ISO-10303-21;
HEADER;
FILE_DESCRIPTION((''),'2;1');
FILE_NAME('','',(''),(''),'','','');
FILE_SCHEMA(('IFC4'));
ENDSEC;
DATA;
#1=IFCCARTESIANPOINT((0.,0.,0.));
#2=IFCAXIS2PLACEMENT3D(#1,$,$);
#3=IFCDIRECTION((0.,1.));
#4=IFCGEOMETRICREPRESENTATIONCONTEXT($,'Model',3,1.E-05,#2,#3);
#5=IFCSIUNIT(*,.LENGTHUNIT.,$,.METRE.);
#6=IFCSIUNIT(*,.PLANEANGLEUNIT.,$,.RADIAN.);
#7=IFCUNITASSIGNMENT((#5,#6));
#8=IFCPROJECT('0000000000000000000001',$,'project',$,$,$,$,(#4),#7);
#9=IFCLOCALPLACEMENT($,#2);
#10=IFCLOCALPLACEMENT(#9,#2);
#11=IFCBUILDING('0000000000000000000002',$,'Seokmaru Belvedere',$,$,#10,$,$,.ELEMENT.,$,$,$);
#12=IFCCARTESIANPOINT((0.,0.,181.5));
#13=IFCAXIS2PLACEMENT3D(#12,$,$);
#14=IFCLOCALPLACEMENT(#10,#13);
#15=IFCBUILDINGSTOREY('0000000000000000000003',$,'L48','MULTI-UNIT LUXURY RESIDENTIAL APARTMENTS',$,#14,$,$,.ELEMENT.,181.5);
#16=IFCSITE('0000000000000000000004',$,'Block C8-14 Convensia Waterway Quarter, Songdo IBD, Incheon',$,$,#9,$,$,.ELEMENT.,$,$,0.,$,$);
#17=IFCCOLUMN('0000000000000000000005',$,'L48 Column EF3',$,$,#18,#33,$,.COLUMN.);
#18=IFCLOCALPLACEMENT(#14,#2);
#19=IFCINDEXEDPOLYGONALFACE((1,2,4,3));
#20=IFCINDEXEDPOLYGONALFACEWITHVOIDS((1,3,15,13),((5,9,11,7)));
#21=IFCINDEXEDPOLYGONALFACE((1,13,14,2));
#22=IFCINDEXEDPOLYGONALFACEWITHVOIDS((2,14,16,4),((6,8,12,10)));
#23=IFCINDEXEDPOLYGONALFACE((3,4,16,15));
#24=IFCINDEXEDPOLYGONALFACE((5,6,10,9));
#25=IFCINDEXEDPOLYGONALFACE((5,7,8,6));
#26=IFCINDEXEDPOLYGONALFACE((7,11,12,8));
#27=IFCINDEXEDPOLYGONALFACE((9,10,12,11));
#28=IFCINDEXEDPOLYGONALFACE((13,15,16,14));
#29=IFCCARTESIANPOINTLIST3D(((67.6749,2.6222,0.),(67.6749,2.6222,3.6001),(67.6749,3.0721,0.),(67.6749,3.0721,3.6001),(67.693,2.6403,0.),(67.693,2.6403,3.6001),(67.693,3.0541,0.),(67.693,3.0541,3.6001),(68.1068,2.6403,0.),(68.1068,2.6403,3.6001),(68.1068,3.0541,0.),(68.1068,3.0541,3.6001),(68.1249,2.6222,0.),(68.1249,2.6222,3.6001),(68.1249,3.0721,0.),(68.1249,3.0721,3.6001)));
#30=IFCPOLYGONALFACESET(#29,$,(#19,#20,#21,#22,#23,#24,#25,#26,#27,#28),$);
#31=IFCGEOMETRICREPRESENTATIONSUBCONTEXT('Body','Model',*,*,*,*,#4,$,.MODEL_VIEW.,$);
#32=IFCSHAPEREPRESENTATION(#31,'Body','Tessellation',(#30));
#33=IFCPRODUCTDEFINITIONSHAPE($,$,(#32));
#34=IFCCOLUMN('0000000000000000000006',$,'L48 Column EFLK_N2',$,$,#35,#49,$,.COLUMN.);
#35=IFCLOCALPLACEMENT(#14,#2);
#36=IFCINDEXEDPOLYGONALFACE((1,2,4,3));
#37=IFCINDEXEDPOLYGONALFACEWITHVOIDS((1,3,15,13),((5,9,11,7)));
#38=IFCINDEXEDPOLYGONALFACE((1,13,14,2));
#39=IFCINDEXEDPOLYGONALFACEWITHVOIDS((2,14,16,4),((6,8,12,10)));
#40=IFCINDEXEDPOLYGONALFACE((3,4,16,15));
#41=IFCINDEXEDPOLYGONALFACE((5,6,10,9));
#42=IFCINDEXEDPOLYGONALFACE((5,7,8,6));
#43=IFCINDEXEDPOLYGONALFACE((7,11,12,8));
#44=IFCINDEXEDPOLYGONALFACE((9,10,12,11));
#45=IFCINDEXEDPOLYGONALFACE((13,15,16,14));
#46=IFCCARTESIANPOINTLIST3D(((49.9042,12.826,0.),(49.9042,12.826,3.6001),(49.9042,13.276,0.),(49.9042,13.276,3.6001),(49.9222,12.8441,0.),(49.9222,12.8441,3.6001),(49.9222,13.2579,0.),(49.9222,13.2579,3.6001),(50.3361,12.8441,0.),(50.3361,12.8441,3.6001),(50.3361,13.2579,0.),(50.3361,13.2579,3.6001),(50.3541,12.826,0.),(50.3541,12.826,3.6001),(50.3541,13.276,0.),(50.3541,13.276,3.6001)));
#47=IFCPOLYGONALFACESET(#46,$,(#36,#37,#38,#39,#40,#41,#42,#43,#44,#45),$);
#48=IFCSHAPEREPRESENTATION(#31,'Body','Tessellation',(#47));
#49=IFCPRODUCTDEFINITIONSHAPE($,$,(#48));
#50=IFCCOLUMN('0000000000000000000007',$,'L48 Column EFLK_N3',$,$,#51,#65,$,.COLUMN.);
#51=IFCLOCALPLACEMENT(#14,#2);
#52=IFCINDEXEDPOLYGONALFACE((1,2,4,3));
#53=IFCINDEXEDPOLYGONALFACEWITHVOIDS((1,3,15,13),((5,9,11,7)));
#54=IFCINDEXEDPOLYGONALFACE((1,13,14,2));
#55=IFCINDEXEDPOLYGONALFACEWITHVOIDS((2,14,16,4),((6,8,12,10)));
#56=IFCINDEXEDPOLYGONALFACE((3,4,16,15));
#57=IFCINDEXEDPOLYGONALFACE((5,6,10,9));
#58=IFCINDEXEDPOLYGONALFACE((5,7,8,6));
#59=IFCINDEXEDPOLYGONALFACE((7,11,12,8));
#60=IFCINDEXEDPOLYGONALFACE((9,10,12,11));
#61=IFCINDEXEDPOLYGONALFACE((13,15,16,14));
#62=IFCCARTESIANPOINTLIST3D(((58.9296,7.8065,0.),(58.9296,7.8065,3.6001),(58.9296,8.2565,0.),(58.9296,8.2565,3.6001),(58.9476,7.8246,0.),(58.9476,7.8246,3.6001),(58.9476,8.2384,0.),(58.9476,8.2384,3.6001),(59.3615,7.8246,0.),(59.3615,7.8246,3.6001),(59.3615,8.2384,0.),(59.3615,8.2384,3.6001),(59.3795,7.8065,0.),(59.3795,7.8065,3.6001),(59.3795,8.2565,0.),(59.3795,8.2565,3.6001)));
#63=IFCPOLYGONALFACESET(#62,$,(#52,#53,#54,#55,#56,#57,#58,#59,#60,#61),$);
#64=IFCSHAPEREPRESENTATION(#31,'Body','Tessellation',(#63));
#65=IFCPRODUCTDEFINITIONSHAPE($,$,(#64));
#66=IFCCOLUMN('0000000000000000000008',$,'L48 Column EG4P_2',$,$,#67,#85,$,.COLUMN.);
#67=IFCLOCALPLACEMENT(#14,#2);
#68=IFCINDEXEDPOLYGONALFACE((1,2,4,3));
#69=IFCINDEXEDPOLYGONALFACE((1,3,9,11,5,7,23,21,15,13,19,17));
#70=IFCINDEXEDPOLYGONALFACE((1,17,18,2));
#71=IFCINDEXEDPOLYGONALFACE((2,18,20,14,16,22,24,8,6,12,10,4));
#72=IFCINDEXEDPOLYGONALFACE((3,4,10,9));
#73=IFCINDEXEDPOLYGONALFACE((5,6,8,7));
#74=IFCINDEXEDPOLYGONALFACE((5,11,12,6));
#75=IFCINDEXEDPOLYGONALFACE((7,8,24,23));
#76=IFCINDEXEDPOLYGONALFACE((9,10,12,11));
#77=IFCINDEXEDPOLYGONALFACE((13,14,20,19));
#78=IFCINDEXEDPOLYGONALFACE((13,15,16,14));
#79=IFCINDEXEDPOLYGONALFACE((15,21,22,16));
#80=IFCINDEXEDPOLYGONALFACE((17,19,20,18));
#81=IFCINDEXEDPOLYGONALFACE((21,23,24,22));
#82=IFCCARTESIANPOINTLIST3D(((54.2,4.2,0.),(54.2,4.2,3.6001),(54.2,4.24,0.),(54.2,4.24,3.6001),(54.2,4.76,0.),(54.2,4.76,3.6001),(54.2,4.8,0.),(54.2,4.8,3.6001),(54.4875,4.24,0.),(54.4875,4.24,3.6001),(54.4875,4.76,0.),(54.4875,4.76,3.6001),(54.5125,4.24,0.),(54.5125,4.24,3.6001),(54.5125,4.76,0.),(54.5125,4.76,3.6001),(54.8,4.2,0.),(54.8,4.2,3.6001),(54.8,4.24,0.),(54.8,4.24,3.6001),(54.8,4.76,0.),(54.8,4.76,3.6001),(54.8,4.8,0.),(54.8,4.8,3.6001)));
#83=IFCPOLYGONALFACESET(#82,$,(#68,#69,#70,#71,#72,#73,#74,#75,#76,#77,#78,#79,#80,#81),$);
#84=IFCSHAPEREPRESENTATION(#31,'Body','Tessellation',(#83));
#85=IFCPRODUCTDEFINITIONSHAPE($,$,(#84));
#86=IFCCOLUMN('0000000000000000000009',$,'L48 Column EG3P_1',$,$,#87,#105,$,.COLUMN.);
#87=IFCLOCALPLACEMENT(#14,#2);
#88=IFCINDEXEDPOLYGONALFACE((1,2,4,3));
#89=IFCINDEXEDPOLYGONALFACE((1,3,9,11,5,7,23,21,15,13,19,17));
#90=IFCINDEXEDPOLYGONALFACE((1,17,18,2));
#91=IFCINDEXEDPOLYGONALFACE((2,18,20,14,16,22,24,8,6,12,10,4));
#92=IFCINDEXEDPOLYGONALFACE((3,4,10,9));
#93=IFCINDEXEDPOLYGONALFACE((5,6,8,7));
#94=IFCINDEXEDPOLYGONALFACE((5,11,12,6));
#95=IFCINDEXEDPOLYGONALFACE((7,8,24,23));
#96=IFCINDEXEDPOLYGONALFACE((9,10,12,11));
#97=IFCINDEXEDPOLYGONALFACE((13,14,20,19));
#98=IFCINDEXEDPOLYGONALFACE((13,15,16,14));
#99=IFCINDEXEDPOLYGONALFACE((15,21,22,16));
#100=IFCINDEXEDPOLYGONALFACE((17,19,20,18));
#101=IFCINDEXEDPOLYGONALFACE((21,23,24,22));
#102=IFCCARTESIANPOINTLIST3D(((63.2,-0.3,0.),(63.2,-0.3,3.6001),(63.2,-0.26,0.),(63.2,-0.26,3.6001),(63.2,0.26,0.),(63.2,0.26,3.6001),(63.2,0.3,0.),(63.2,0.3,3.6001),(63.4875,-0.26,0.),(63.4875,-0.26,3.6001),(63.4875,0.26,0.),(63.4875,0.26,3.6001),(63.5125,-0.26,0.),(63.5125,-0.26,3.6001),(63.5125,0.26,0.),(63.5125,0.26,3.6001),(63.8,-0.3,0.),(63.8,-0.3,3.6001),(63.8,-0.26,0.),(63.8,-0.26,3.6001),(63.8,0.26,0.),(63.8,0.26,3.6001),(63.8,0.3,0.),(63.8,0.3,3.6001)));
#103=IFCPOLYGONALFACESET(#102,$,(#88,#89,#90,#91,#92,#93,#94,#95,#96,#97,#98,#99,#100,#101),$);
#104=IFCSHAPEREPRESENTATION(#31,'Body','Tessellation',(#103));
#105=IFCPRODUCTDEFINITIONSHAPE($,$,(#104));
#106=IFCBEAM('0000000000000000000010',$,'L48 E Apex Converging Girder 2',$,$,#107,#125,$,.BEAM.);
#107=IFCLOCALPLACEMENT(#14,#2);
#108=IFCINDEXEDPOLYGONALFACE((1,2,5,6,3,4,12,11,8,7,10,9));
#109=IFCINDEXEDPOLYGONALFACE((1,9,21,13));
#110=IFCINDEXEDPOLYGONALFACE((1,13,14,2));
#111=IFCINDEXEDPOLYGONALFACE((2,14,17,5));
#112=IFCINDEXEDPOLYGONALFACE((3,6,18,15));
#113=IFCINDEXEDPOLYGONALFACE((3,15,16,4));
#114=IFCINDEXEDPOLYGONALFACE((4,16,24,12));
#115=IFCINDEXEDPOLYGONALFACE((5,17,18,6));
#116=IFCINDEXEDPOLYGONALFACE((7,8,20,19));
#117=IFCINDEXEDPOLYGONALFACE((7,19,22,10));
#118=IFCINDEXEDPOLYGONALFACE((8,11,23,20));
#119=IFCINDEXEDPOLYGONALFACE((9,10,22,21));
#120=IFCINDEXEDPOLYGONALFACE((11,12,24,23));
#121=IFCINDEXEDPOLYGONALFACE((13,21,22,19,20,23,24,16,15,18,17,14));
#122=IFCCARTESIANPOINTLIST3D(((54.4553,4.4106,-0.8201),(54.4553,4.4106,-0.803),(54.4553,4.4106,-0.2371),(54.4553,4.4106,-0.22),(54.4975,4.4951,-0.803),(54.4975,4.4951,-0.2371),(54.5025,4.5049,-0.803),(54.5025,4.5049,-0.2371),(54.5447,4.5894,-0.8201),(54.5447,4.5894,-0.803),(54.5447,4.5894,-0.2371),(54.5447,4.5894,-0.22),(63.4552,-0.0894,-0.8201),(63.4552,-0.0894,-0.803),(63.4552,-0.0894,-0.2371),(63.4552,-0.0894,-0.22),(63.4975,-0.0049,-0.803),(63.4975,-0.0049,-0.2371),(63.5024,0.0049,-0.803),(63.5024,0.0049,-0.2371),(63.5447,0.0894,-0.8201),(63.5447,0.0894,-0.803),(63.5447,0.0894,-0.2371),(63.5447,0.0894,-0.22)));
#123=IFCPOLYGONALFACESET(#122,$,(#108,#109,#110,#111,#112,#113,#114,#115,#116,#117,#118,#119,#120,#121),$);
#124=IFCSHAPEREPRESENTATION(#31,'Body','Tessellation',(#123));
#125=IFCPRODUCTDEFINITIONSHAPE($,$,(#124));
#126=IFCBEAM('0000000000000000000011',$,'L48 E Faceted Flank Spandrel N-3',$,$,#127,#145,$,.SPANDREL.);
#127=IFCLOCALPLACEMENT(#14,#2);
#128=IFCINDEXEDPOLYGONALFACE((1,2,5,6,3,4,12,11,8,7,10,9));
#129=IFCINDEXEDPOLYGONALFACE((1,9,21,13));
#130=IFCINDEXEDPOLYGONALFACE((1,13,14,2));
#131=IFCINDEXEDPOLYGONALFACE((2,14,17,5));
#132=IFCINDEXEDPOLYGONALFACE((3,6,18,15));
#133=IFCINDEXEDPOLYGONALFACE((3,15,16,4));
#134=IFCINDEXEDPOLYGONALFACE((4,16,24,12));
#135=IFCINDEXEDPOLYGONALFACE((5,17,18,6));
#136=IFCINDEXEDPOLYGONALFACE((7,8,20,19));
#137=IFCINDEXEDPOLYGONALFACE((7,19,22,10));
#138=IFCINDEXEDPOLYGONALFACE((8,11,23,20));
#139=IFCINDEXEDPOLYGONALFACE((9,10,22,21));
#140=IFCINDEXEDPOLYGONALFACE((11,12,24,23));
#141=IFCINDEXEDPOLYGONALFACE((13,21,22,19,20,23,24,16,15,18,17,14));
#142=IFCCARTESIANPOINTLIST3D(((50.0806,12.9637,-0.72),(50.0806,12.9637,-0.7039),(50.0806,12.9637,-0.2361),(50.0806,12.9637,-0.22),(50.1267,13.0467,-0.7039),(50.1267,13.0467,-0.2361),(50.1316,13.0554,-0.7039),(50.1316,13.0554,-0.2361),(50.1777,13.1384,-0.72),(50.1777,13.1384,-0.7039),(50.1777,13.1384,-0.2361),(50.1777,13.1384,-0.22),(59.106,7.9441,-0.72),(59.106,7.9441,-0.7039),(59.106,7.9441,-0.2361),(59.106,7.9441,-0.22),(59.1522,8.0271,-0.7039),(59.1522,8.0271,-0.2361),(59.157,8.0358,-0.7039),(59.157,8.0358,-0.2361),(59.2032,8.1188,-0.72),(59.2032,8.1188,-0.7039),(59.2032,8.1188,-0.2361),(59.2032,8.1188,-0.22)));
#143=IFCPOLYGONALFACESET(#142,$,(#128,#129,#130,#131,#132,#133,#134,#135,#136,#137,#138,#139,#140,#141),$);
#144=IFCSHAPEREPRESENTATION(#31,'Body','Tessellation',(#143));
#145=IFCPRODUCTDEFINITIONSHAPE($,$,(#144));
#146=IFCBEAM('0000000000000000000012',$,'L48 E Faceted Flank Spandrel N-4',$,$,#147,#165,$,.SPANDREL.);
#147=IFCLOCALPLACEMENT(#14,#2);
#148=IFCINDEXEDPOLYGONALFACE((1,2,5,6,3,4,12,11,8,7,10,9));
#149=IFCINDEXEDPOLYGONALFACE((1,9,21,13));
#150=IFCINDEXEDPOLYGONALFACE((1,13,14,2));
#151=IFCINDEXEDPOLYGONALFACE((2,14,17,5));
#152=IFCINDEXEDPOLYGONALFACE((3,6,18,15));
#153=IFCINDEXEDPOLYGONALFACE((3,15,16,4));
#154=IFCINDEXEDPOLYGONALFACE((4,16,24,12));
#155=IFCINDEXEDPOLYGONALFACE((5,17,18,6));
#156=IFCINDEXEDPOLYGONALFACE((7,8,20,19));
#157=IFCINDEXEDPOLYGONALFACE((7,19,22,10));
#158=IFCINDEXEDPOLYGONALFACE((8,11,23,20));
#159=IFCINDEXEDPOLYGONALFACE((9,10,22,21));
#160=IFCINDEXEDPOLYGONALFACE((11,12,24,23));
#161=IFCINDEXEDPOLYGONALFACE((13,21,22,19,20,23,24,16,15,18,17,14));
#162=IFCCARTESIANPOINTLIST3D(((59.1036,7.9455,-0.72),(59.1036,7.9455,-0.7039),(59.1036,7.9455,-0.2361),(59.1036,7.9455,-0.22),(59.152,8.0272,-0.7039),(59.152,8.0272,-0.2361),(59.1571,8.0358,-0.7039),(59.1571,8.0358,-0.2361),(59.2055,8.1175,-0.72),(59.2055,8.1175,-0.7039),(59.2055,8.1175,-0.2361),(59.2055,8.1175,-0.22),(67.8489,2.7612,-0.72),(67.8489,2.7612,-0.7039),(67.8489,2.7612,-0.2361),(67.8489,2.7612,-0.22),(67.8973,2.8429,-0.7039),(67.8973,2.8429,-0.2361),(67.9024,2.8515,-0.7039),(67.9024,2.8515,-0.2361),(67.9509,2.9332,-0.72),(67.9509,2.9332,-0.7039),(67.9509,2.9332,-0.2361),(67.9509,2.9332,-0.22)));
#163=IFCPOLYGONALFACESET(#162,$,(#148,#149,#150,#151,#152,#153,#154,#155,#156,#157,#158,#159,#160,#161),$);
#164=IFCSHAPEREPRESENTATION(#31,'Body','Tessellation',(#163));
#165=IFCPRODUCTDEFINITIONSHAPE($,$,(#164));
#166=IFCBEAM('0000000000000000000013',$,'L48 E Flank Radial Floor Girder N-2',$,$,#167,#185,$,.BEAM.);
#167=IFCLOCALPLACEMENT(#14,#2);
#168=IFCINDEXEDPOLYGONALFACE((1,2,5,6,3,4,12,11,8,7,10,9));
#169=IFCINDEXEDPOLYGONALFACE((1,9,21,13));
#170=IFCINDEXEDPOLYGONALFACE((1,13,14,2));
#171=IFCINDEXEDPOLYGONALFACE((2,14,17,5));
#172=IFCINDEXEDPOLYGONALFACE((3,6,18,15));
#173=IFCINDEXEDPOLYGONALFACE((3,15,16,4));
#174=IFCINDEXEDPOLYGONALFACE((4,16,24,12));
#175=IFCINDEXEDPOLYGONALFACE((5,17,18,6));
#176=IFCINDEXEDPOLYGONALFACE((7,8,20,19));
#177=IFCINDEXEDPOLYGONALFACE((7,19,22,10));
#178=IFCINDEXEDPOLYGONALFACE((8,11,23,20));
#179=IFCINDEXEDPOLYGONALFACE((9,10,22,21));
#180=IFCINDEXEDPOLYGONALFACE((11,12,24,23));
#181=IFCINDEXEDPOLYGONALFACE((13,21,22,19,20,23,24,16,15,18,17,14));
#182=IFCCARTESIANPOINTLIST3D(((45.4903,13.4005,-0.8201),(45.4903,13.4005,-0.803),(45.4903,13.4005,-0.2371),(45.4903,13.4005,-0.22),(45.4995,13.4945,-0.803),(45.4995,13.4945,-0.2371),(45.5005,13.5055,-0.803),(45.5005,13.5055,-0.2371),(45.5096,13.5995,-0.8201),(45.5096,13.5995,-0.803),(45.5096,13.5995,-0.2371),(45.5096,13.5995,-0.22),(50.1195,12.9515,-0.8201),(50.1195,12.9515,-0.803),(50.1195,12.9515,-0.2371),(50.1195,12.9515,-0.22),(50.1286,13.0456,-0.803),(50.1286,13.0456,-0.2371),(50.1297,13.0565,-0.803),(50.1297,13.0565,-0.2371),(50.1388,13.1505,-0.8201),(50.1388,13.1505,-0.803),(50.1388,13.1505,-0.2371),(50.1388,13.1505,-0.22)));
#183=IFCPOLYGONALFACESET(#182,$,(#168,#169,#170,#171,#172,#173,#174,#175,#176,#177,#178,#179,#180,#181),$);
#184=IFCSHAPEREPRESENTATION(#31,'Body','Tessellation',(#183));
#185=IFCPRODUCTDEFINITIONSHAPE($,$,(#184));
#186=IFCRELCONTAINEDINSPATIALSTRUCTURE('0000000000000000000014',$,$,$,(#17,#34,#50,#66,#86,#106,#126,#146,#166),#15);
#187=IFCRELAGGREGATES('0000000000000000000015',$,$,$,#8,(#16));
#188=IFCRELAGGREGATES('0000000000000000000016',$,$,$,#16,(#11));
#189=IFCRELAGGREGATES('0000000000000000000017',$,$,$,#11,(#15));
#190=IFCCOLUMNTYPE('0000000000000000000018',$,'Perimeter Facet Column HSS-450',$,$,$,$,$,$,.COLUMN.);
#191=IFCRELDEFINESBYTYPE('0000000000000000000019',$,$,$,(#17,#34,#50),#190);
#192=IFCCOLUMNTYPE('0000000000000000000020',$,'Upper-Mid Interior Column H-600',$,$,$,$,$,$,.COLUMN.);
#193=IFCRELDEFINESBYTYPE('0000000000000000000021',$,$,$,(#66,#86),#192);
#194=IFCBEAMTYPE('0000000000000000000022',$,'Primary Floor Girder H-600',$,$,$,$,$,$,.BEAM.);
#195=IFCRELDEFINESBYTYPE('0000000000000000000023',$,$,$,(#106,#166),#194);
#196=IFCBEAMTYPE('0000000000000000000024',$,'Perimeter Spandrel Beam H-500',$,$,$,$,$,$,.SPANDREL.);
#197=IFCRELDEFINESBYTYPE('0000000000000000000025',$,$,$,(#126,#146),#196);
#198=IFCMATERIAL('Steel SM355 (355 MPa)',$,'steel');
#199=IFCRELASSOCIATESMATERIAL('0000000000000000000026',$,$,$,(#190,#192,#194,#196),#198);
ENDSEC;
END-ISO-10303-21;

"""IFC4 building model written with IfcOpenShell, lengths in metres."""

from ifc_helpers import new_model, si_unit, direction, frame, origin, origin_2d, place, context, subcontext, project, spatial, hollow_rectangle, i_section, extrude, source, transform, mapped, material, material_profile, profile_set, type_object, type_shapes, element, save


model = new_model("IFC4")

# Units and contexts
model_context = context("Model", 3, precision=1e-05, world=origin(), true_north=direction((0.0, 1.0)))
body_context = subcontext(model_context, "Body", "Model", "MODEL_VIEW")
ifc_project = project(units=[si_unit("LENGTHUNIT", "METRE"), si_unit("PLANEANGLEUNIT", "RADIAN")], contexts=[model_context])

# Site, building, storey
site_placement = place(None, origin())
site = spatial("IfcSite", under=ifc_project, at=site_placement, Name="Block C8-14 Convensia Waterway Quarter, Songdo IBD, Incheon", CompositionType="ELEMENT", RefElevation=0.0)
building_placement = place(site_placement, origin())
building = spatial("IfcBuilding", under=site, at=building_placement, Name="Seokmaru Belvedere", CompositionType="ELEMENT")
storey_placement = place(building_placement, frame((0.0, 0.0, 181.5)))
storey = spatial("IfcBuildingStorey", under=building, at=storey_placement, Name="L48", Description="MULTI-UNIT LUXURY RESIDENTIAL APARTMENTS", CompositionType="ELEMENT", Elevation=181.5)

# Columns
ifc_material_1 = material(Name="Steel SM355 (355 MPa)", Category="steel")
ifc_material_profile_1 = material_profile(ifc_material_1, hollow_rectangle(XDim=0.45, YDim=0.45, WallThickness=0.0181, at=origin_2d()), Name="HSS-450x450x18")
ifc_profile_set_1 = profile_set([ifc_material_profile_1], Name="Steel SM355 (355 MPa)")
column_type_1 = type_object("IfcColumnType", Name="Perimeter Facet Column HSS-450", PredefinedType="COLUMN", material=ifc_profile_set_1)
shared_shape_1 = source(origin(), body_context, "Body", "SweptSolid", [
    extrude(hollow_rectangle(XDim=0.45, YDim=0.45, WallThickness=0.0181, at=origin_2d()), origin(), (0.0, 0.0, 1.0), 3.6001),
])
type_shapes(column_type_1, [shared_shape_1])
for number, where, z_axis, x_axis, name in (
    (1, (67.8999, 2.8472, 0.0), (0.0, 0.0, 1.0), (1.0, 0.0, 0.0), "L48 Column EF3"),
    (2, (50.1292, 13.051, 0.0), (0.0, 0.0, 1.0), (1.0, 0.0, 0.0), "L48 Column EFLK_N2"),
    (3, (59.1545, 8.0315, 0.0), (0.0, 0.0, 1.0), (1.0, 0.0, 0.0), "L48 Column EFLK_N3"),
):
    element("IfcColumn", number, at=place(storey_placement, frame(where, z_axis=z_axis, x_axis=x_axis)), inside=storey, type_object=column_type_1, Name=name, PredefinedType="COLUMN", context=body_context, shape_type="MappedRepresentation", body=[
        mapped(shared_shape_1, transform((0.0, 0.0, 0.0), scale=1.0)),
    ])
ifc_material_profile_2 = material_profile(ifc_material_1, i_section(OverallWidth=0.6001, OverallDepth=0.6001, WebThickness=0.0249, FlangeThickness=0.04, at=origin_2d()), Name="H-600x600x25x40")
ifc_profile_set_2 = profile_set([ifc_material_profile_2], Name="Steel SM355 (355 MPa)")
column_type_2 = type_object("IfcColumnType", Name="Upper-Mid Interior Column H-600", PredefinedType="COLUMN", material=ifc_profile_set_2)
shared_shape_2 = source(origin(), body_context, "Body", "SweptSolid", [
    extrude(i_section(OverallWidth=0.6001, OverallDepth=0.6001, WebThickness=0.0249, FlangeThickness=0.04, at=origin_2d()), origin(), (0.0, 0.0, 1.0), 3.6001),
])
type_shapes(column_type_2, [shared_shape_2])
for number, where, z_axis, x_axis, name in (
    (4, (54.5, 4.5, 0.0), (0.0, 0.0, 1.0), (1.0, 0.0, 0.0), "L48 Column EG4P_2"),
    (5, (63.5, 0.0, 0.0), (0.0, 0.0, 1.0), (1.0, 0.0, 0.0), "L48 Column EG3P_1"),
):
    element("IfcColumn", number, at=place(storey_placement, frame(where, z_axis=z_axis, x_axis=x_axis)), inside=storey, type_object=column_type_2, Name=name, PredefinedType="COLUMN", context=body_context, shape_type="MappedRepresentation", body=[
        mapped(shared_shape_2, transform((0.0, 0.0, 0.0), scale=1.0)),
    ])

# Beams
ifc_material_profile_3 = material_profile(ifc_material_1, i_section(OverallWidth=0.2, OverallDepth=0.6001, WebThickness=0.011, FlangeThickness=0.0171, at=origin_2d()), Name="H-600x200x11x17")
ifc_profile_set_3 = profile_set([ifc_material_profile_3], Name="Steel SM355 (355 MPa)")
beam_type_1 = type_object("IfcBeamType", Name="Primary Floor Girder H-600", PredefinedType="BEAM", material=ifc_profile_set_3)
shared_shape_3 = source(origin(), body_context, "Body", "SweptSolid", [
    extrude(i_section(OverallWidth=0.2, OverallDepth=0.6001, WebThickness=0.011, FlangeThickness=0.0171, at=origin_2d()), origin(), (0.0, 0.0, 1.0), 10.0623),
])
beam_1_placement = place(storey_placement, frame((54.5, 4.5, -0.52), z_axis=(0.894427, -0.447214, 0.0), x_axis=(0.447214, 0.894427, 0.0)))
element("IfcBeam", 6, at=beam_1_placement, inside=storey, type_object=beam_type_1, Name="L48 E Apex Converging Girder 2", PredefinedType="BEAM", context=body_context, shape_type="MappedRepresentation", body=[
    mapped(shared_shape_3, transform((0.0, 0.0, 0.0), scale=1.0)),
])
ifc_material_profile_4 = material_profile(ifc_material_1, i_section(OverallWidth=0.2, OverallDepth=0.5, WebThickness=0.01, FlangeThickness=0.0161, at=origin_2d()), Name="H-500x200x10x16")
ifc_profile_set_4 = profile_set([ifc_material_profile_4], Name="Steel SM355 (355 MPa)")
beam_type_2 = type_object("IfcBeamType", Name="Perimeter Spandrel Beam H-500", PredefinedType="SPANDREL", material=ifc_profile_set_4)
shared_shape_4 = source(origin(), body_context, "Body", "SweptSolid", [
    extrude(i_section(OverallWidth=0.2, OverallDepth=0.5, WebThickness=0.01, FlangeThickness=0.0161, at=origin_2d()), origin(), (0.0, 0.0, 1.0), 10.3274),
])
beam_2_placement = place(storey_placement, frame((50.1292, 13.051, -0.47), z_axis=(0.873934, -0.486044, 0.0), x_axis=(0.486044, 0.873934, 0.0)))
element("IfcBeam", 7, at=beam_2_placement, inside=storey, type_object=beam_type_2, Name="L48 E Faceted Flank Spandrel N-3", PredefinedType="SPANDREL", context=body_context, shape_type="MappedRepresentation", body=[
    mapped(shared_shape_4, transform((0.0, 0.0, 0.0), scale=1.0)),
])
shared_shape_5 = source(origin(), body_context, "Body", "SweptSolid", [
    extrude(i_section(OverallWidth=0.2, OverallDepth=0.5, WebThickness=0.01, FlangeThickness=0.0161, at=origin_2d()), origin(), (0.0, 0.0, 1.0), 10.1665),
])
type_shapes(beam_type_2, [shared_shape_4, shared_shape_5])
beam_3_placement = place(storey_placement, frame((59.1545, 8.0315, -0.47), z_axis=(0.86021, -0.50994, 0.0), x_axis=(0.50994, 0.86021, 0.0)))
element("IfcBeam", 8, at=beam_3_placement, inside=storey, type_object=beam_type_2, Name="L48 E Faceted Flank Spandrel N-4", PredefinedType="SPANDREL", context=body_context, shape_type="MappedRepresentation", body=[
    mapped(shared_shape_5, transform((0.0, 0.0, 0.0), scale=1.0)),
])
shared_shape_6 = source(origin(), body_context, "Body", "SweptSolid", [
    extrude(i_section(OverallWidth=0.2, OverallDepth=0.6001, WebThickness=0.011, FlangeThickness=0.0171, at=origin_2d()), origin(), (0.0, 0.0, 1.0), 4.6509),
])
beam_4_placement = place(storey_placement, frame((50.1292, 13.051, -0.52), z_axis=(-0.99533, 0.096536, 0.0), x_axis=(-0.096536, -0.99533, 0.0)))
element("IfcBeam", 9, at=beam_4_placement, inside=storey, type_object=beam_type_1, Name="L48 E Flank Radial Floor Girder N-2", PredefinedType="BEAM", context=body_context, shape_type="MappedRepresentation", body=[
    mapped(shared_shape_6, transform((0.0, 0.0, 0.0), scale=1.0)),
])

save(model, "model.ifc")
